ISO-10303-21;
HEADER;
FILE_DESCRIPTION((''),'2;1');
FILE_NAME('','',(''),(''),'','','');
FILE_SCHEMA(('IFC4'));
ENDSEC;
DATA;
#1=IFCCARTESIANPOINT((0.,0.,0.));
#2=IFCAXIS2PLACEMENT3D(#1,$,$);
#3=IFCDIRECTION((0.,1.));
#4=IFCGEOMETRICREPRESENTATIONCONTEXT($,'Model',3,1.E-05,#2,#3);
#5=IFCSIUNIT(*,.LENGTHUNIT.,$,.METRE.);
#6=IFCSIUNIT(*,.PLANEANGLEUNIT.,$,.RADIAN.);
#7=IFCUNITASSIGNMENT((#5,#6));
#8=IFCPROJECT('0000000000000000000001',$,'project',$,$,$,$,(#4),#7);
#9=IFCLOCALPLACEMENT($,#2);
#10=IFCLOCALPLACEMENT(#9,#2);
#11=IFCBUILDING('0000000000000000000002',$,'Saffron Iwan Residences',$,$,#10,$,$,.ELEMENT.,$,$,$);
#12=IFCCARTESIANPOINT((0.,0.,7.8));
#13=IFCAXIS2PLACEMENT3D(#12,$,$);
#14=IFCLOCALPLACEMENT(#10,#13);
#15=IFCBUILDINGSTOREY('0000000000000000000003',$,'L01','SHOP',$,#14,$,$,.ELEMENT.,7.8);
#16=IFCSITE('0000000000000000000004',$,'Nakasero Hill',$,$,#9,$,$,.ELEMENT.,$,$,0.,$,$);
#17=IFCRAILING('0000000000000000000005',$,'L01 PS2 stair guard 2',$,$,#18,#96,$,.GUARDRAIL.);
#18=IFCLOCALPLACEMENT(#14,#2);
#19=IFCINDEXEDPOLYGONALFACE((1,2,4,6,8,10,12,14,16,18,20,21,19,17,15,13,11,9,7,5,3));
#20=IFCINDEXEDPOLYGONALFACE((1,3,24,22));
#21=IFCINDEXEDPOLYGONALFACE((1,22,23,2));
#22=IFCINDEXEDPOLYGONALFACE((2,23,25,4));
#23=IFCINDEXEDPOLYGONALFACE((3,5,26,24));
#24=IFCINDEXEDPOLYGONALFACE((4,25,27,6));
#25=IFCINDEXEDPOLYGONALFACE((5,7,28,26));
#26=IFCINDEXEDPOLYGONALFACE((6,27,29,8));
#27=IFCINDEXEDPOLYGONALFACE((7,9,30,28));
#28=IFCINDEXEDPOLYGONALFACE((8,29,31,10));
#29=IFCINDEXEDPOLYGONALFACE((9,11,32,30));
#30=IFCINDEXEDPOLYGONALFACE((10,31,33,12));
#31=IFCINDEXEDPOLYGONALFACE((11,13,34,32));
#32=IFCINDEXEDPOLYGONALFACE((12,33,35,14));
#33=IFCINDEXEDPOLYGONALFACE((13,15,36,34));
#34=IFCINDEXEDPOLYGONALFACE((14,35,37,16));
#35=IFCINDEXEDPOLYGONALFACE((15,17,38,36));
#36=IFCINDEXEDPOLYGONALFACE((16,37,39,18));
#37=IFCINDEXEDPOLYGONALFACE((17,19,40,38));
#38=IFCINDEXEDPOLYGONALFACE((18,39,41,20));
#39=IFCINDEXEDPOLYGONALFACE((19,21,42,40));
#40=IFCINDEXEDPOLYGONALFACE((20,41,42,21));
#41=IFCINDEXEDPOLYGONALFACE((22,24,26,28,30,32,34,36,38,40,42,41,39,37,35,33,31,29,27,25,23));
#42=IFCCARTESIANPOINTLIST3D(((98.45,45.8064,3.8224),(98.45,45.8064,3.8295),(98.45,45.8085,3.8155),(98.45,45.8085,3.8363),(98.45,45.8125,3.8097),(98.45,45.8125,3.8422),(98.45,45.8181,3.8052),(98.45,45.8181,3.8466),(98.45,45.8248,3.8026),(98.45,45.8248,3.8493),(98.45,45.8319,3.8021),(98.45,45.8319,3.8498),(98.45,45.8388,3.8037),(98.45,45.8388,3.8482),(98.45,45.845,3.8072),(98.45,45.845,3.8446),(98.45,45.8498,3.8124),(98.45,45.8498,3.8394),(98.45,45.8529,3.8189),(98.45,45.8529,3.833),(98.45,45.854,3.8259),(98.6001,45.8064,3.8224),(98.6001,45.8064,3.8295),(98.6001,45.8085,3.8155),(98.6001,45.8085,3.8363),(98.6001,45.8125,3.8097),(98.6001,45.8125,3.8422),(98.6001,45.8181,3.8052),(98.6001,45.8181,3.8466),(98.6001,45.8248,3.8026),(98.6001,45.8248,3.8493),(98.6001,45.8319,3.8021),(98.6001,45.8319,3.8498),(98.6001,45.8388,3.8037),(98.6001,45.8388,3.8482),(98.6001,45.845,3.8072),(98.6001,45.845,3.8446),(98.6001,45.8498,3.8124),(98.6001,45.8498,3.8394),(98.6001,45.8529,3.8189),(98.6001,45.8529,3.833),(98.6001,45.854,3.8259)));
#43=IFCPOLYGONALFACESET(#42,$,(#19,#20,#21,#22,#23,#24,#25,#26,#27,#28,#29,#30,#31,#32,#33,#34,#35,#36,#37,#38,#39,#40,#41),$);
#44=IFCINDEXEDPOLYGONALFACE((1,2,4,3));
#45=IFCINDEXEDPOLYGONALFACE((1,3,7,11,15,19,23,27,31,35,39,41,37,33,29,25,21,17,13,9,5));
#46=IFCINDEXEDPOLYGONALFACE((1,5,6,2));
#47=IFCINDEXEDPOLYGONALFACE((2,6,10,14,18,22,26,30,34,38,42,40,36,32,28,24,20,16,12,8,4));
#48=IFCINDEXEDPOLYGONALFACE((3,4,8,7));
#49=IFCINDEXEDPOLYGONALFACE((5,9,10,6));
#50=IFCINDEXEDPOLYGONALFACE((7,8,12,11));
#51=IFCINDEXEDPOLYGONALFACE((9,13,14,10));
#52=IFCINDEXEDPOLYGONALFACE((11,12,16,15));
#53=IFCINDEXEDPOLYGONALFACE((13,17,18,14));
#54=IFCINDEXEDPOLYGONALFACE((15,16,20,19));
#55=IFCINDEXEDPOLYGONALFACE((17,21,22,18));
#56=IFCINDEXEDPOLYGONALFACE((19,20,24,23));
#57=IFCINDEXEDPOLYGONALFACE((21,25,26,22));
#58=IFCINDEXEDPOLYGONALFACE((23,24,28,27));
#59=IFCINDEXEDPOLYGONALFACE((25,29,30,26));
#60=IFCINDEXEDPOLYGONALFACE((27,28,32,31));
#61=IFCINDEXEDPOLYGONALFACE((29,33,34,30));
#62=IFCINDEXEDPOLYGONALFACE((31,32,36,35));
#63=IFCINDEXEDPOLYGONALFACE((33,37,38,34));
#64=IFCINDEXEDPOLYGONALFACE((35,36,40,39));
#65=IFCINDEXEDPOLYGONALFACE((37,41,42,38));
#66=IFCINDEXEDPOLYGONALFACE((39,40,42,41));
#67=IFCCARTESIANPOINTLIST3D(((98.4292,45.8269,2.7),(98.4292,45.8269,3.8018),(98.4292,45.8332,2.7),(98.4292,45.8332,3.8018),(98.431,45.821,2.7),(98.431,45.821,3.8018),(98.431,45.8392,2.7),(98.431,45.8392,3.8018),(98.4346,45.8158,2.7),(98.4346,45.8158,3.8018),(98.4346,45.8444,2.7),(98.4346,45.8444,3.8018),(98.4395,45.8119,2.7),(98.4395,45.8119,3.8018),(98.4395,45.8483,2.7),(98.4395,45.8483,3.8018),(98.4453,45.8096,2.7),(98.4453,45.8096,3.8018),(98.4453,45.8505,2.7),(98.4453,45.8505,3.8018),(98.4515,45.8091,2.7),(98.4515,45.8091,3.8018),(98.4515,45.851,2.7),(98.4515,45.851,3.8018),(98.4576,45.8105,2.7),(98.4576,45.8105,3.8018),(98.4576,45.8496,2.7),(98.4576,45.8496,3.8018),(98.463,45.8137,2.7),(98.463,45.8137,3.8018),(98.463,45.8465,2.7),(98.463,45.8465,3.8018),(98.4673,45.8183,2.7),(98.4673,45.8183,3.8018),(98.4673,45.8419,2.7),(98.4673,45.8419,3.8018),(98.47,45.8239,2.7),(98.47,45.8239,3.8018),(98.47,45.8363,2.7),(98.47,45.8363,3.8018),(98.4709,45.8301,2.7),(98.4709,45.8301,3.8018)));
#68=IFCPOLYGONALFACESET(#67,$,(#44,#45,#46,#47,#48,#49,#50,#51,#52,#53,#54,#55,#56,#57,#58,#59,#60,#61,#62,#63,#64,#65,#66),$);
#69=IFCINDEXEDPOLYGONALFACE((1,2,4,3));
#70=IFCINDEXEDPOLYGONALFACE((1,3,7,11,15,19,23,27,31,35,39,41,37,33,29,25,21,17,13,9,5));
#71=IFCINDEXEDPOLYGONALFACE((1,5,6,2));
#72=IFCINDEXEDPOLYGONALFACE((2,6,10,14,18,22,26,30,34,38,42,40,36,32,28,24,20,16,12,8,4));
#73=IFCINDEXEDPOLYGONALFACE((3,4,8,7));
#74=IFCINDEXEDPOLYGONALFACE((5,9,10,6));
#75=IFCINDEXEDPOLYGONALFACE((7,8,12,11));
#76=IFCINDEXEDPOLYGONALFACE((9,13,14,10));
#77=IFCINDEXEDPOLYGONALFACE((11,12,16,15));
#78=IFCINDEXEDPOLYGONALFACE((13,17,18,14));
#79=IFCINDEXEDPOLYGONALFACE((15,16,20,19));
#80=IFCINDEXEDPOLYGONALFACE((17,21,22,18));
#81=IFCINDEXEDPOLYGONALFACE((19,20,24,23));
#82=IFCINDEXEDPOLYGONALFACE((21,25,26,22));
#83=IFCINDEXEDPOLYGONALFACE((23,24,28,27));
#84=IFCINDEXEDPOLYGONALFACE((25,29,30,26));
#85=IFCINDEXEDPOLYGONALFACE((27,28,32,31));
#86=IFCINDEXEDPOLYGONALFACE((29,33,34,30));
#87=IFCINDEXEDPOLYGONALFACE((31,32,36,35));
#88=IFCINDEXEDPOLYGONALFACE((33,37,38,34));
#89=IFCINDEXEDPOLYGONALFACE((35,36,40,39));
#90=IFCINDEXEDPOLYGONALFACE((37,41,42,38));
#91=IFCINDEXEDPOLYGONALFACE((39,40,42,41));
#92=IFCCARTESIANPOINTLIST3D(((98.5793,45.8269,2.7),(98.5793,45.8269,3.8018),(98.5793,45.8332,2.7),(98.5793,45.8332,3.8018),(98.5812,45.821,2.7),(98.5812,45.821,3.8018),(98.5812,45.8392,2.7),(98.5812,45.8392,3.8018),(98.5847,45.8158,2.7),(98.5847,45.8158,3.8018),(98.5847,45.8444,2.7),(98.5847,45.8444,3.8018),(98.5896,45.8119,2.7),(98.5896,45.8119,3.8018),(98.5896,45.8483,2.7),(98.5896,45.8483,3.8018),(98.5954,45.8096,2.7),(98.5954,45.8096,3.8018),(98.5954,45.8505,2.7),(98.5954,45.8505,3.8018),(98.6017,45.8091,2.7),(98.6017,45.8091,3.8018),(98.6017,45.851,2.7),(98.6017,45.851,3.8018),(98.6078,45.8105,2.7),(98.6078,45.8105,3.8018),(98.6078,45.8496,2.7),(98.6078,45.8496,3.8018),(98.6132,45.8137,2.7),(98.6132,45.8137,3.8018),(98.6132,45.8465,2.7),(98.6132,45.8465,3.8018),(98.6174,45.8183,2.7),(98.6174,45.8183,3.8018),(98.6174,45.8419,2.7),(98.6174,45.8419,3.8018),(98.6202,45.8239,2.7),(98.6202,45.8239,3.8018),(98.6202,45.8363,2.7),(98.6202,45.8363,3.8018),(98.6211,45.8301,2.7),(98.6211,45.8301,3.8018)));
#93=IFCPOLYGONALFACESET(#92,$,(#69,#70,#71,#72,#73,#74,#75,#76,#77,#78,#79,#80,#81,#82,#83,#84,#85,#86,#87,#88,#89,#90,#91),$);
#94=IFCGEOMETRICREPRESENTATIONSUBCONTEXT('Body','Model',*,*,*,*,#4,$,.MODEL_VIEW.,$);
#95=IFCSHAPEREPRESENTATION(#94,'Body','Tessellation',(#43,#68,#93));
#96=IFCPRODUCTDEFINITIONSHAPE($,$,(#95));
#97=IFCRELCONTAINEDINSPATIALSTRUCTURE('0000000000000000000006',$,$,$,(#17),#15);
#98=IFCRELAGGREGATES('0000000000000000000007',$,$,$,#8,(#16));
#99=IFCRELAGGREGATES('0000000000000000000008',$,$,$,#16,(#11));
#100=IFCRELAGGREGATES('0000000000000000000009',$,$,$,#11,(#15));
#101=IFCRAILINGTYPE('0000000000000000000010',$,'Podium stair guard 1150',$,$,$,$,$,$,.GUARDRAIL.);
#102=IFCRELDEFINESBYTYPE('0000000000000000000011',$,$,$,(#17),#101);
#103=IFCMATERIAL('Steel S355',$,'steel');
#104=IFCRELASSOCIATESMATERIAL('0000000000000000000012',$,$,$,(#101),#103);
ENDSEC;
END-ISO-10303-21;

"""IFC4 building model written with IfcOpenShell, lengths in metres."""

from ifc_helpers import new_model, si_unit, direction, frame, origin, origin_2d, place, context, subcontext, project, spatial, circle, extrude, material, type_object, element, save


model = new_model("IFC4")

# Units and contexts
model_context = context("Model", 3, precision=1e-05, world=origin(), true_north=direction((0.0, 1.0)))
body_context = subcontext(model_context, "Body", "Model", "MODEL_VIEW")
ifc_project = project(units=[si_unit("LENGTHUNIT", "METRE"), si_unit("PLANEANGLEUNIT", "RADIAN")], contexts=[model_context])

# Site, building, storey
site_placement = place(None, origin())
site = spatial("IfcSite", under=ifc_project, at=site_placement, Name="Nakasero Hill", CompositionType="ELEMENT", RefElevation=0.0)
building_placement = place(site_placement, origin())
building = spatial("IfcBuilding", under=site, at=building_placement, Name="Saffron Iwan Residences", CompositionType="ELEMENT")
storey_placement = place(building_placement, frame((0.0, 0.0, 7.8)))
storey = spatial("IfcBuildingStorey", under=building, at=storey_placement, Name="L01", Description="SHOP", CompositionType="ELEMENT", Elevation=7.8)

# Railing
ifc_material_1 = material(Name="Steel S355", Category="steel")
railing_type_1 = type_object("IfcRailingType", Name="Podium stair guard 1150", PredefinedType="GUARDRAIL", material=ifc_material_1)
railing_1_placement = place(storey_placement, frame((98.45, 45.8301, 2.7)))
element("IfcRailing", 1, at=railing_1_placement, inside=storey, type_object=railing_type_1, Name="L01 PS2 stair guard 2", PredefinedType="GUARDRAIL", context=body_context, shape_type="SweptSolid", body=[
    extrude(circle(Radius=0.0239, at=origin_2d()), frame((0.0, 0.0, 1.126), z_axis=(1.0, 0.0, 0.0), x_axis=(0.0, 1.0, 0.0)), (0.0, 0.0, 1.0), 0.1501),
    extrude(circle(Radius=0.021, at=origin_2d()), origin(), (0.0, 0.0, 1.0), 1.1018),
    extrude(circle(Radius=0.021, at=origin_2d()), frame((0.1501, 0.0, 0.0)), (0.0, 0.0, 1.0), 1.1018),
])

save(model, "model.ifc")
